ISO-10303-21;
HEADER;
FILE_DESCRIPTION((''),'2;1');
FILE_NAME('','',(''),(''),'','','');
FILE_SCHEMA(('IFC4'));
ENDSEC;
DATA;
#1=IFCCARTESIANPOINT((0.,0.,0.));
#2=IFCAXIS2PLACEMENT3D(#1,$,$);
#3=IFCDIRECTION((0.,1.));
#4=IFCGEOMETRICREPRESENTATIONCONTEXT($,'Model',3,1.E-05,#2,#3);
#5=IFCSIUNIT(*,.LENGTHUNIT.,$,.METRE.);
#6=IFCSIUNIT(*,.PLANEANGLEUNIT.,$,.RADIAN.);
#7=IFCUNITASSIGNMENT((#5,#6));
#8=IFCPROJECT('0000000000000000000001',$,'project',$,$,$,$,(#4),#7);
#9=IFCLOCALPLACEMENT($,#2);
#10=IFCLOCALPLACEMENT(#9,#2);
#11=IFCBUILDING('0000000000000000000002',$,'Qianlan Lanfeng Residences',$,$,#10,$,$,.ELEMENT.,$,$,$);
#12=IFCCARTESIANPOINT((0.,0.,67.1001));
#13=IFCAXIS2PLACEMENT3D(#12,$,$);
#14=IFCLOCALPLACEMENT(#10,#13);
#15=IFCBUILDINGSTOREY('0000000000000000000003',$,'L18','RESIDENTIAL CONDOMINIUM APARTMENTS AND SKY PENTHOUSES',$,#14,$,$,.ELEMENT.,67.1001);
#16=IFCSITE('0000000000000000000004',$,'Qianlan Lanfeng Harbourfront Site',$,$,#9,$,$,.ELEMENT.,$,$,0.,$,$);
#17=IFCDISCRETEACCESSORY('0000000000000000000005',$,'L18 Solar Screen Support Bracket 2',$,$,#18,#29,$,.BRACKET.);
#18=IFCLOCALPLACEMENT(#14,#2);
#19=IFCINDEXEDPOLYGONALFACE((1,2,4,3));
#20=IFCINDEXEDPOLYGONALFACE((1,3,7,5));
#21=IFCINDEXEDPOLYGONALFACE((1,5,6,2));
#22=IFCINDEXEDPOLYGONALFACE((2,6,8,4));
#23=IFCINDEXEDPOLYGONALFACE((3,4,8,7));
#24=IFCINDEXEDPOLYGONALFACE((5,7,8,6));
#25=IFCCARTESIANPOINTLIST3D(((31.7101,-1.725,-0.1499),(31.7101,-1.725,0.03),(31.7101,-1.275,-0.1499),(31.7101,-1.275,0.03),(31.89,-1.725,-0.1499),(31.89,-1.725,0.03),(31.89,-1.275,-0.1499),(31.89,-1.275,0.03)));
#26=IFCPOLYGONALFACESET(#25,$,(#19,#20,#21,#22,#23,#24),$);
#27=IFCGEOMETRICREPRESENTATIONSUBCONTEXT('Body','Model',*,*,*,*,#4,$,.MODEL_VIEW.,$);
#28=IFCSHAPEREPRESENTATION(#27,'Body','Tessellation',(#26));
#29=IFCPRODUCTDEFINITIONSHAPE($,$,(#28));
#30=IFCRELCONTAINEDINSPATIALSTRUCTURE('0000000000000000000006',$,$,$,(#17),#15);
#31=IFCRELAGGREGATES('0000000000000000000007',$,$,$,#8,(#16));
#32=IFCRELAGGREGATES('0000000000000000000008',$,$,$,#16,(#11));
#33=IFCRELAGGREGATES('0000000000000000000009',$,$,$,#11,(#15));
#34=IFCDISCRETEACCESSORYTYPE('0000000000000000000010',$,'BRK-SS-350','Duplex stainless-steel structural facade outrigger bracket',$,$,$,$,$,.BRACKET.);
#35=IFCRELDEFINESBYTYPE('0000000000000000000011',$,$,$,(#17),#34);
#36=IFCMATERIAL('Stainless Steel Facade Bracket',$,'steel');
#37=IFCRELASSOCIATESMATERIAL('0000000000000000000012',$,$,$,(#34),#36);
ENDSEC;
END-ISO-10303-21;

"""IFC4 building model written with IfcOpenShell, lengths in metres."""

from ifc_helpers import new_model, si_unit, direction, frame, origin, origin_2d, place, context, subcontext, project, spatial, rectangle, extrude, source, transform, mapped, material, type_object, element, save


model = new_model("IFC4")

# Units and contexts
model_context = context("Model", 3, precision=1e-05, world=origin(), true_north=direction((0.0, 1.0)))
body_context = subcontext(model_context, "Body", "Model", "MODEL_VIEW")
ifc_project = project(units=[si_unit("LENGTHUNIT", "METRE"), si_unit("PLANEANGLEUNIT", "RADIAN")], contexts=[model_context])

# Site, building, storey
site_placement = place(None, origin())
site = spatial("IfcSite", under=ifc_project, at=site_placement, Name="Qianlan Lanfeng Harbourfront Site", CompositionType="ELEMENT", RefElevation=0.0)
building_placement = place(site_placement, origin())
building = spatial("IfcBuilding", under=site, at=building_placement, Name="Qianlan Lanfeng Residences", CompositionType="ELEMENT")
storey_placement = place(building_placement, frame((0.0, 0.0, 67.1001)))
storey = spatial("IfcBuildingStorey", under=building, at=storey_placement, Name="L18", Description="RESIDENTIAL CONDOMINIUM APARTMENTS AND SKY PENTHOUSES", CompositionType="ELEMENT", Elevation=67.1001)

# Discrete accessory
ifc_material_1 = material(Name="Stainless Steel Facade Bracket", Category="steel")
discrete_accessory_type = type_object("IfcDiscreteAccessoryType", Name="BRK-SS-350", Description="Duplex stainless-steel structural facade outrigger bracket", PredefinedType="BRACKET", material=ifc_material_1)
shared_shape_1 = source(origin(), body_context, "Body", "SweptSolid", [
    extrude(rectangle(XDim=0.1799, YDim=0.45, at=origin_2d()), origin(), (0.0, 0.0, 1.0), 0.1799),
])
discrete_accessory_placement = place(storey_placement, frame((31.8, -1.5, -0.1499), z_axis=(0.0, 0.0, 1.0), x_axis=(1.0, 0.0, 0.0)))
element("IfcDiscreteAccessory", 1, at=discrete_accessory_placement, inside=storey, type_object=discrete_accessory_type, Name="L18 Solar Screen Support Bracket 2", PredefinedType="BRACKET", context=body_context, shape_type="MappedRepresentation", body=[
    mapped(shared_shape_1, transform((0.0, 0.0, 0.0), scale=1.0)),
])

save(model, "model.ifc")
